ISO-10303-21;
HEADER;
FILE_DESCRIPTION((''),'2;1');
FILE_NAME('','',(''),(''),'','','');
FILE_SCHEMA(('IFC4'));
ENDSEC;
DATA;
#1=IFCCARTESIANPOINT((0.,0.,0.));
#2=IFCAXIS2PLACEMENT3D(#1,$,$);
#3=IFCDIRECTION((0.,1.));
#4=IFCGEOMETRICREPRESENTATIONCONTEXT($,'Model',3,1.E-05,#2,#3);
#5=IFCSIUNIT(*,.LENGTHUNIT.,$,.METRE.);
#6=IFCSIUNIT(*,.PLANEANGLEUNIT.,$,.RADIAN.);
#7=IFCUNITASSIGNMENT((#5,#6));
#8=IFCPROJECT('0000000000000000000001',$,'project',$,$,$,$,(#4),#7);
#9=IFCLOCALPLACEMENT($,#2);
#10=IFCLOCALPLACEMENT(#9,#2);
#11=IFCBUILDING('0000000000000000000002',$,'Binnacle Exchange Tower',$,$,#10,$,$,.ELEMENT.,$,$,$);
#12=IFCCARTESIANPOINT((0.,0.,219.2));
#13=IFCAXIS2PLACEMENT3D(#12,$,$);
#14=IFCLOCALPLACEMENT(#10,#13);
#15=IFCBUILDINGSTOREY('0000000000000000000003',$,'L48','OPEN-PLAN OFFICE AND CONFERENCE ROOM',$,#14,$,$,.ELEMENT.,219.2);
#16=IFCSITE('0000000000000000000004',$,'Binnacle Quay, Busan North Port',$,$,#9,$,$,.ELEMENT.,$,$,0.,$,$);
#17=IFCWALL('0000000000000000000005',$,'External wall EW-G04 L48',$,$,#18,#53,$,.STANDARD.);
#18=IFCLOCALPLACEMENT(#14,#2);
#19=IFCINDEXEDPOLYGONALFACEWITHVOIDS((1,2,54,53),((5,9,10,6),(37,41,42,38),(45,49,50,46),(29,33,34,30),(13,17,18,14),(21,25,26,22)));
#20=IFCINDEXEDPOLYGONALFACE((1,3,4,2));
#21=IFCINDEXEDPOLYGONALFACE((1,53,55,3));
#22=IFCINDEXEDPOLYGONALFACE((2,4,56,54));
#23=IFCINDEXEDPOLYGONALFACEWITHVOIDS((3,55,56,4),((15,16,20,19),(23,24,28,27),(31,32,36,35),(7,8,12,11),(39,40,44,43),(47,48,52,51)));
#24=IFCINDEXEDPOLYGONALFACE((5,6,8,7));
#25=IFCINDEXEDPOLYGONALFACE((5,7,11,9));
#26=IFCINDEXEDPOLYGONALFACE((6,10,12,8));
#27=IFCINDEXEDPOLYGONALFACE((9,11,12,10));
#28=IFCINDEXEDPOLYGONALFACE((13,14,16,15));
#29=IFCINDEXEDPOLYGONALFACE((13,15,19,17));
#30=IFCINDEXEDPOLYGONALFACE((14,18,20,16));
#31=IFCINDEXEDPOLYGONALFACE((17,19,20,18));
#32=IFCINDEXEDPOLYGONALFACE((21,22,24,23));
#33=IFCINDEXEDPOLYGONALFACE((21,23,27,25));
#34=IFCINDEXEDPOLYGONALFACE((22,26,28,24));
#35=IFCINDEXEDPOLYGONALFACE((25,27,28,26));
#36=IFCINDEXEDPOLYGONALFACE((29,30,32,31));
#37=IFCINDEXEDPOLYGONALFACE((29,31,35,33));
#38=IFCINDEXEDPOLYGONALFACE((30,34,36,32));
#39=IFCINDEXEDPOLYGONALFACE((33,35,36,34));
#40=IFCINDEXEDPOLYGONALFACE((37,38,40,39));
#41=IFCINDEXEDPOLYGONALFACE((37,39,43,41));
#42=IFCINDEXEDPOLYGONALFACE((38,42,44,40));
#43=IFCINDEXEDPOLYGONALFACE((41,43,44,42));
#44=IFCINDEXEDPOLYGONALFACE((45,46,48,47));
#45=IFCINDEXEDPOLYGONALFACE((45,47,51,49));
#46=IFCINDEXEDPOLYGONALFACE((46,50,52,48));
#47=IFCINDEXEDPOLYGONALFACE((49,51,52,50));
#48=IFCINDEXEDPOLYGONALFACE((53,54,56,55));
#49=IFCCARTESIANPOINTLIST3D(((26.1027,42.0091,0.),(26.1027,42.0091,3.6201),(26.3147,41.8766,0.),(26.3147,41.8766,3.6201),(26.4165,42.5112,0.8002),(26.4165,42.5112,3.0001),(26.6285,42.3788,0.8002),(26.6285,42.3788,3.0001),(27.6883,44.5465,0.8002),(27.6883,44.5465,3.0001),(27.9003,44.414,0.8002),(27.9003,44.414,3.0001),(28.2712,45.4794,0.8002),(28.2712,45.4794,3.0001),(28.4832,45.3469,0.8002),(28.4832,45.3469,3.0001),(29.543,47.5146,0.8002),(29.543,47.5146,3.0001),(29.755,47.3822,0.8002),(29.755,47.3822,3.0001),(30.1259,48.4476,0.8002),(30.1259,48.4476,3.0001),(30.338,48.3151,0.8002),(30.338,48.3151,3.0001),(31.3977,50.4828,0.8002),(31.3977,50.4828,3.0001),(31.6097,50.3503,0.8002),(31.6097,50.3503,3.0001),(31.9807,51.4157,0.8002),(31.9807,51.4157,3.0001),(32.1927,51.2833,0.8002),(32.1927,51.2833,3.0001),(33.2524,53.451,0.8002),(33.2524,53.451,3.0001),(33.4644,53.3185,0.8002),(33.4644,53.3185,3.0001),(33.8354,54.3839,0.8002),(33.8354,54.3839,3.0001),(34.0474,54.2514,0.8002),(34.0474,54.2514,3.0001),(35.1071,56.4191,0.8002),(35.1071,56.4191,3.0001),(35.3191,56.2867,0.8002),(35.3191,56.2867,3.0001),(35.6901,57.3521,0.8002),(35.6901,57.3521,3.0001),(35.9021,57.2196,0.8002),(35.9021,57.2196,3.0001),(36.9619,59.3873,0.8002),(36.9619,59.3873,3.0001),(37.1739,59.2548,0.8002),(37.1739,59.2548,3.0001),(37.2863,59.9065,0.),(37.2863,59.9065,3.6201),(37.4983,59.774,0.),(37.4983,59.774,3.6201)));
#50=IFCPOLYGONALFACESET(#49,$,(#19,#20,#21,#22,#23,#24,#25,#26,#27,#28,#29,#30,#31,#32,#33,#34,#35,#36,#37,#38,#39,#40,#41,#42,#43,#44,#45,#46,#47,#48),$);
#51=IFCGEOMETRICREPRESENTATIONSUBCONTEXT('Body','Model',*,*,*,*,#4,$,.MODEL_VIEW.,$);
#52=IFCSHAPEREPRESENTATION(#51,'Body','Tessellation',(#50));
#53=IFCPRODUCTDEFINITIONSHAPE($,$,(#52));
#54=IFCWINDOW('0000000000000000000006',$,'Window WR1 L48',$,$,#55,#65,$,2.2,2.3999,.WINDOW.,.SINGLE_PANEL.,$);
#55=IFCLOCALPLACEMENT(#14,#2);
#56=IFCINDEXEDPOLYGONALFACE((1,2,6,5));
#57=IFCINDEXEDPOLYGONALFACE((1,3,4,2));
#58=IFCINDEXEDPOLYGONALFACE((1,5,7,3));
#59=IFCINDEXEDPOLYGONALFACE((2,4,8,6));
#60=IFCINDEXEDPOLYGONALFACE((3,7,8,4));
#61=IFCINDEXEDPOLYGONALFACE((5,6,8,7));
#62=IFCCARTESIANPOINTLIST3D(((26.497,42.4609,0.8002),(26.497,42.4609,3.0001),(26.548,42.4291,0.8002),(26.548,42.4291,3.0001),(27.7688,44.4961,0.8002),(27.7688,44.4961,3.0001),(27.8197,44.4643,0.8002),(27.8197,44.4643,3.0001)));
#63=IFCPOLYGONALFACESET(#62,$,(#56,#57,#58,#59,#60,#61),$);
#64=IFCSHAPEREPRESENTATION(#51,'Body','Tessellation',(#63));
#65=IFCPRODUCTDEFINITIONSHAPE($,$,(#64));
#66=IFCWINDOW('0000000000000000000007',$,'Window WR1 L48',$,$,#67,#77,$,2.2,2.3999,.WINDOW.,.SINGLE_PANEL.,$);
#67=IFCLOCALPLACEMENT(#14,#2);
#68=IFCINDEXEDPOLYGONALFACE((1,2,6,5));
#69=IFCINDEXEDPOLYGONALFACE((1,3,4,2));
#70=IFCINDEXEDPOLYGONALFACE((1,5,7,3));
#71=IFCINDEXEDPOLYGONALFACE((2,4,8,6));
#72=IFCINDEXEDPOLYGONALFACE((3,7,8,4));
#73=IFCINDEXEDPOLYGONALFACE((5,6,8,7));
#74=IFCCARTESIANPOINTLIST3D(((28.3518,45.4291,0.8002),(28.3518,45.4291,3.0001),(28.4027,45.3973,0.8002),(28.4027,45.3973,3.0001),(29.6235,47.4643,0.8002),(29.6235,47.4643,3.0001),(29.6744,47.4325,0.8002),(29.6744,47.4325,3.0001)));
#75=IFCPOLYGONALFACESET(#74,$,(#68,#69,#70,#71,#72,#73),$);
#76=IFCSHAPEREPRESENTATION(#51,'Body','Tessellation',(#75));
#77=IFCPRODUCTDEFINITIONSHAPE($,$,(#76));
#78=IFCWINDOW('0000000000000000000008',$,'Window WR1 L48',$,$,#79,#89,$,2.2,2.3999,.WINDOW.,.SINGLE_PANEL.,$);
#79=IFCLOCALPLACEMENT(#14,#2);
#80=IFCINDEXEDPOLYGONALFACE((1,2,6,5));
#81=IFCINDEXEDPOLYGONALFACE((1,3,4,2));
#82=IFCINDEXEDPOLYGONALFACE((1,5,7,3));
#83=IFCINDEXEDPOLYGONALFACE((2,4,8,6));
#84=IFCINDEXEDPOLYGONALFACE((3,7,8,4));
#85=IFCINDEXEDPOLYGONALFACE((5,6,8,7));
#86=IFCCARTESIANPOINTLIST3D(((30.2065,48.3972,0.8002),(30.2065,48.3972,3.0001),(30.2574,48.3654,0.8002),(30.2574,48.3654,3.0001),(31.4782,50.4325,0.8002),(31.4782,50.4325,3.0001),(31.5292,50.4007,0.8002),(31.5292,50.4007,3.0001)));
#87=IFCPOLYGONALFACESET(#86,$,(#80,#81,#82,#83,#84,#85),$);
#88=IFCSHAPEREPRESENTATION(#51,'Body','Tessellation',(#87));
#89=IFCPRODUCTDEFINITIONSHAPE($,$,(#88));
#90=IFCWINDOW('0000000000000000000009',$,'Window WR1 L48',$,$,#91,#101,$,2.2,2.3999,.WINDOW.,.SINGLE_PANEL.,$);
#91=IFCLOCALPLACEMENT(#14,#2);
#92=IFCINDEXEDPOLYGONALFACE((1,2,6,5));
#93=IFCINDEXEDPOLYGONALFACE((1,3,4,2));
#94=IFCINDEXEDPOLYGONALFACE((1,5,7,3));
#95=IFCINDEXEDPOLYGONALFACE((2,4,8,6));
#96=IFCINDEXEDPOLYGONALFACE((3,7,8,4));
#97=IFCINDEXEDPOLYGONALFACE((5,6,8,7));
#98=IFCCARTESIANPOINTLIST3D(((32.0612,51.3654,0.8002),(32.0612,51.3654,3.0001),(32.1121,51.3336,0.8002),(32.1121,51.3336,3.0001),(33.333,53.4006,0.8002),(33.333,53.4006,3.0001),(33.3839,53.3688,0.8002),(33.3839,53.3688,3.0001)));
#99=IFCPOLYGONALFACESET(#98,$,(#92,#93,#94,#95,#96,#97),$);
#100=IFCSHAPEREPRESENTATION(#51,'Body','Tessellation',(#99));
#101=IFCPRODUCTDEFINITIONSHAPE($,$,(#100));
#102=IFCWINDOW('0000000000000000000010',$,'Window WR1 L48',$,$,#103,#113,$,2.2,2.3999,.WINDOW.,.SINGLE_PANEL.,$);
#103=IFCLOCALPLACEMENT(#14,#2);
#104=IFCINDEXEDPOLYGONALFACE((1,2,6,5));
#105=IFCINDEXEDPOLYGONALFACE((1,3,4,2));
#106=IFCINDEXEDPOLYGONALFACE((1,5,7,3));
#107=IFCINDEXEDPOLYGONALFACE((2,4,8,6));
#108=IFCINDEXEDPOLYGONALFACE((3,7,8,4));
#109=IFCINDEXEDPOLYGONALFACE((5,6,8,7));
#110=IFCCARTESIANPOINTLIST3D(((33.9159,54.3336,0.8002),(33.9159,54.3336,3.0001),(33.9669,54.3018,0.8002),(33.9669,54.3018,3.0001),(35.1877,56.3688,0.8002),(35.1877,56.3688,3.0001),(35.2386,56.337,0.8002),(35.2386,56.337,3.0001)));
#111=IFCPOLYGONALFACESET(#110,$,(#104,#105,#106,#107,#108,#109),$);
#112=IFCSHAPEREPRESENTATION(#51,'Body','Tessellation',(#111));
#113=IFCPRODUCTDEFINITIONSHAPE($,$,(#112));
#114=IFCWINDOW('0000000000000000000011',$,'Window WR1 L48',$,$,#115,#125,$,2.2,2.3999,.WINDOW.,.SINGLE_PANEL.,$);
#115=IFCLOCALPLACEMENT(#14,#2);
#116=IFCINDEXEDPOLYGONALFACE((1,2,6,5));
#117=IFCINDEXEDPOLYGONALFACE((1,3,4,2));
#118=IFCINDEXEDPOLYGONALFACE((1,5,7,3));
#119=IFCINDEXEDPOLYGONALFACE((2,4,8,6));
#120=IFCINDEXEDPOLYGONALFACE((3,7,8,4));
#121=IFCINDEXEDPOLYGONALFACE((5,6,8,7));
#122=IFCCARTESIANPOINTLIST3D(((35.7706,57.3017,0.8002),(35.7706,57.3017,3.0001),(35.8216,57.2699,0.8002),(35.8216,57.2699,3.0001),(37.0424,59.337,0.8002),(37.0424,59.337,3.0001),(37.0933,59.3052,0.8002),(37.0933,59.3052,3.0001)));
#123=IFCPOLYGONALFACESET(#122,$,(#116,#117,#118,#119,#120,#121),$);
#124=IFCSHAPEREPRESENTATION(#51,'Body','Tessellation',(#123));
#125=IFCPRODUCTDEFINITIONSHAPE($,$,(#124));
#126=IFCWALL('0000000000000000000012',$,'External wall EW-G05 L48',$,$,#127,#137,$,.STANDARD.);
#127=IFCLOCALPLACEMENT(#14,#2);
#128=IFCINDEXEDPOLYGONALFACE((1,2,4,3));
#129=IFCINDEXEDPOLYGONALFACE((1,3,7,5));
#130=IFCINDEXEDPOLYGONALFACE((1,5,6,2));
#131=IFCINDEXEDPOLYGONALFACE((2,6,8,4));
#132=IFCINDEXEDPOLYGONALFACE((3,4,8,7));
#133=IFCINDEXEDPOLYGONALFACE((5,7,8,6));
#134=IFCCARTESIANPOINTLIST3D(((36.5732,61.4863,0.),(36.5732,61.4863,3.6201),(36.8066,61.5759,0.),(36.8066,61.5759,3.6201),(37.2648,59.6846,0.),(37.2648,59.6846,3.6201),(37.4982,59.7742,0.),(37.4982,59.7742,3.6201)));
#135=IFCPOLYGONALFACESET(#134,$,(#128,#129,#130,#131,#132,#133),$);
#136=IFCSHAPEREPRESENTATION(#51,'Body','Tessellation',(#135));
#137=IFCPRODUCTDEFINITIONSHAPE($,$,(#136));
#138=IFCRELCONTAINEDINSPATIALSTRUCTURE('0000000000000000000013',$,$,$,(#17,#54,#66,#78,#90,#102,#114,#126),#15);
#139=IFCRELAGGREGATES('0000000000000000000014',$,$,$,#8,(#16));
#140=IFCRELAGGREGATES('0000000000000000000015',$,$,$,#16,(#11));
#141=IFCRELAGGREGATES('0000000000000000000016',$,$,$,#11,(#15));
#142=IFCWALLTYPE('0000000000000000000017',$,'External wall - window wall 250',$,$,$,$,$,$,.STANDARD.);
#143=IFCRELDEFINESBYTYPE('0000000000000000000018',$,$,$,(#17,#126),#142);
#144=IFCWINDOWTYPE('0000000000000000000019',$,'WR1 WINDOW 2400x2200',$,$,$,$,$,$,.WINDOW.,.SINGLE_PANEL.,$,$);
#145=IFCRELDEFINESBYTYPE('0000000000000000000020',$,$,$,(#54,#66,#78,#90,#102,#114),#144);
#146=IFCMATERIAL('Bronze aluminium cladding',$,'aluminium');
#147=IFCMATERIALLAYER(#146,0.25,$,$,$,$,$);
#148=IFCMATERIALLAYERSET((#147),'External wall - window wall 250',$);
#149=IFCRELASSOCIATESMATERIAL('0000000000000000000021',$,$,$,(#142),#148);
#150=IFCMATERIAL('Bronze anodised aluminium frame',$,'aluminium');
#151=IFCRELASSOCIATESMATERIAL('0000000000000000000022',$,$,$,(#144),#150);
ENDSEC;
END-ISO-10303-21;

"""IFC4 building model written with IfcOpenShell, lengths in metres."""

from ifc_helpers import new_model, si_unit, direction, frame, frame_2d, origin, place, context, subcontext, project, spatial, rectangle, extrude, material, layer, layer_set, type_object, element, fill, save


model = new_model("IFC4")

# Units and contexts
model_context = context("Model", 3, precision=1e-05, world=origin(), true_north=direction((0.0, 1.0)))
body_context = subcontext(model_context, "Body", "Model", "MODEL_VIEW")
ifc_project = project(units=[si_unit("LENGTHUNIT", "METRE"), si_unit("PLANEANGLEUNIT", "RADIAN")], contexts=[model_context])

# Site, building, storey
site_placement = place(None, origin())
site = spatial("IfcSite", under=ifc_project, at=site_placement, Name="Binnacle Quay, Busan North Port", CompositionType="ELEMENT", RefElevation=0.0)
building_placement = place(site_placement, origin())
building = spatial("IfcBuilding", under=site, at=building_placement, Name="Binnacle Exchange Tower", CompositionType="ELEMENT")
storey_placement = place(building_placement, frame((0.0, 0.0, 219.2)))
storey = spatial("IfcBuildingStorey", under=building, at=storey_placement, Name="L48", Description="OPEN-PLAN OFFICE AND CONFERENCE ROOM", CompositionType="ELEMENT", Elevation=219.2)

# Wall, openings, windows
ifc_material_1 = material(Name="Bronze aluminium cladding", Category="aluminium")
ifc_layer_1 = layer(ifc_material_1, 0.25)
ifc_layer_set_1 = layer_set([ifc_layer_1], Name="External wall - window wall 250")
wall_type_1 = type_object("IfcWallType", Name="External wall - window wall 250", PredefinedType="STANDARD", material=ifc_layer_set_1)
wall_1_placement = place(storey_placement, frame((37.3923, 59.8403, 0.0), z_axis=(0.0, 0.0, 1.0), x_axis=(-0.52992, -0.848048, 0.0)))
wall_1 = element("IfcWall", 1, at=wall_1_placement, inside=storey, type_object=wall_type_1, Name="External wall EW-G04 L48", PredefinedType="STANDARD", context=body_context, shape_type="SweptSolid", body=[
    extrude(rectangle(XDim=21.1042, YDim=0.25, at=frame_2d((10.5522, 0.0))), origin(), (0.0, 0.0, 1.0), 3.6201),
])
opening_1_placement = place(wall_1_placement, frame((18.1123, 0.0, 0.8)))
opening_1 = element("IfcOpeningElement", 2, at=opening_1_placement, cuts=wall_1, PredefinedType="OPENING", context=body_context, shape_type="SweptSolid", body=[
    extrude(rectangle(XDim=2.3999, YDim=2.2, at=frame_2d((1.2, 1.1001))), frame((0.0, 0.135, 0.0), z_axis=(0.0, -1.0, 0.0), x_axis=(1.0, 0.0, 0.0)), (0.0, 0.0, 1.0), 0.27),
])
opening_2_placement = place(wall_1_placement, frame((14.6123, 0.0, 0.8)))
opening_2 = element("IfcOpeningElement", 3, at=opening_2_placement, cuts=wall_1, PredefinedType="OPENING", context=body_context, shape_type="SweptSolid", body=[
    extrude(rectangle(XDim=2.3999, YDim=2.2, at=frame_2d((1.2, 1.1001))), frame((0.0, 0.135, 0.0), z_axis=(0.0, -1.0, 0.0), x_axis=(1.0, 0.0, 0.0)), (0.0, 0.0, 1.0), 0.27),
])
opening_3_placement = place(wall_1_placement, frame((11.1123, 0.0, 0.8)))
opening_3 = element("IfcOpeningElement", 4, at=opening_3_placement, cuts=wall_1, PredefinedType="OPENING", context=body_context, shape_type="SweptSolid", body=[
    extrude(rectangle(XDim=2.3999, YDim=2.2, at=frame_2d((1.2, 1.1001))), frame((0.0, 0.135, 0.0), z_axis=(0.0, -1.0, 0.0), x_axis=(1.0, 0.0, 0.0)), (0.0, 0.0, 1.0), 0.27),
])
opening_4_placement = place(wall_1_placement, frame((7.6123, 0.0, 0.8)))
opening_4 = element("IfcOpeningElement", 5, at=opening_4_placement, cuts=wall_1, PredefinedType="OPENING", context=body_context, shape_type="SweptSolid", body=[
    extrude(rectangle(XDim=2.3999, YDim=2.2, at=frame_2d((1.2, 1.1001))), frame((0.0, 0.135, 0.0), z_axis=(0.0, -1.0, 0.0), x_axis=(1.0, 0.0, 0.0)), (0.0, 0.0, 1.0), 0.27),
])
opening_5_placement = place(wall_1_placement, frame((4.1123, 0.0, 0.8)))
opening_5 = element("IfcOpeningElement", 6, at=opening_5_placement, cuts=wall_1, PredefinedType="OPENING", context=body_context, shape_type="SweptSolid", body=[
    extrude(rectangle(XDim=2.3999, YDim=2.2, at=frame_2d((1.2, 1.1001))), frame((0.0, 0.135, 0.0), z_axis=(0.0, -1.0, 0.0), x_axis=(1.0, 0.0, 0.0)), (0.0, 0.0, 1.0), 0.27),
])
opening_6_placement = place(wall_1_placement, frame((0.6123, 0.0, 0.8)))
opening_6 = element("IfcOpeningElement", 7, at=opening_6_placement, cuts=wall_1, PredefinedType="OPENING", context=body_context, shape_type="SweptSolid", body=[
    extrude(rectangle(XDim=2.3999, YDim=2.2, at=frame_2d((1.2, 1.1001))), frame((0.0, 0.135, 0.0), z_axis=(0.0, -1.0, 0.0), x_axis=(1.0, 0.0, 0.0)), (0.0, 0.0, 1.0), 0.27),
])
ifc_material_2 = material(Name="Bronze anodised aluminium frame", Category="aluminium")
window_type = type_object("IfcWindowType", Name="WR1 WINDOW 2400x2200", PartitioningType="SINGLE_PANEL", PredefinedType="WINDOW", material=ifc_material_2)
window_1_placement = place(opening_1_placement, origin())
window_1 = element("IfcWindow", 8, at=window_1_placement, inside=storey, type_object=window_type, Name="Window WR1 L48", OverallHeight=2.2, OverallWidth=2.3999, PartitioningType="SINGLE_PANEL", PredefinedType="WINDOW", context=body_context, shape_type="SweptSolid", body=[
    extrude(rectangle(XDim=2.3999, YDim=2.2, at=frame_2d((1.2, 1.1001))), frame((0.0, 0.03, 0.0), z_axis=(0.0, -1.0, 0.0), x_axis=(1.0, 0.0, 0.0)), (0.0, 0.0, 1.0), 0.0601),
])
fill(opening_1, window_1)
window_2_placement = place(opening_2_placement, origin())
window_2 = element("IfcWindow", 9, at=window_2_placement, inside=storey, type_object=window_type, Name="Window WR1 L48", OverallHeight=2.2, OverallWidth=2.3999, PartitioningType="SINGLE_PANEL", PredefinedType="WINDOW", context=body_context, shape_type="SweptSolid", body=[
    extrude(rectangle(XDim=2.3999, YDim=2.2, at=frame_2d((1.2, 1.1001))), frame((0.0, 0.03, 0.0), z_axis=(0.0, -1.0, 0.0), x_axis=(1.0, 0.0, 0.0)), (0.0, 0.0, 1.0), 0.0601),
])
fill(opening_2, window_2)
window_3_placement = place(opening_3_placement, origin())
window_3 = element("IfcWindow", 10, at=window_3_placement, inside=storey, type_object=window_type, Name="Window WR1 L48", OverallHeight=2.2, OverallWidth=2.3999, PartitioningType="SINGLE_PANEL", PredefinedType="WINDOW", context=body_context, shape_type="SweptSolid", body=[
    extrude(rectangle(XDim=2.3999, YDim=2.2, at=frame_2d((1.2, 1.1001))), frame((0.0, 0.03, 0.0), z_axis=(0.0, -1.0, 0.0), x_axis=(1.0, 0.0, 0.0)), (0.0, 0.0, 1.0), 0.0601),
])
fill(opening_3, window_3)
window_4_placement = place(opening_4_placement, origin())
window_4 = element("IfcWindow", 11, at=window_4_placement, inside=storey, type_object=window_type, Name="Window WR1 L48", OverallHeight=2.2, OverallWidth=2.3999, PartitioningType="SINGLE_PANEL", PredefinedType="WINDOW", context=body_context, shape_type="SweptSolid", body=[
    extrude(rectangle(XDim=2.3999, YDim=2.2, at=frame_2d((1.2, 1.1001))), frame((0.0, 0.03, 0.0), z_axis=(0.0, -1.0, 0.0), x_axis=(1.0, 0.0, 0.0)), (0.0, 0.0, 1.0), 0.0601),
])
fill(opening_4, window_4)
window_5_placement = place(opening_5_placement, origin())
window_5 = element("IfcWindow", 12, at=window_5_placement, inside=storey, type_object=window_type, Name="Window WR1 L48", OverallHeight=2.2, OverallWidth=2.3999, PartitioningType="SINGLE_PANEL", PredefinedType="WINDOW", context=body_context, shape_type="SweptSolid", body=[
    extrude(rectangle(XDim=2.3999, YDim=2.2, at=frame_2d((1.2, 1.1001))), frame((0.0, 0.03, 0.0), z_axis=(0.0, -1.0, 0.0), x_axis=(1.0, 0.0, 0.0)), (0.0, 0.0, 1.0), 0.0601),
])
fill(opening_5, window_5)
window_6_placement = place(opening_6_placement, origin())
window_6 = element("IfcWindow", 13, at=window_6_placement, inside=storey, type_object=window_type, Name="Window WR1 L48", OverallHeight=2.2, OverallWidth=2.3999, PartitioningType="SINGLE_PANEL", PredefinedType="WINDOW", context=body_context, shape_type="SweptSolid", body=[
    extrude(rectangle(XDim=2.3999, YDim=2.2, at=frame_2d((1.2, 1.1001))), frame((0.0, 0.03, 0.0), z_axis=(0.0, -1.0, 0.0), x_axis=(1.0, 0.0, 0.0)), (0.0, 0.0, 1.0), 0.0601),
])
fill(opening_6, window_6)

# Wall
wall_2_placement = place(storey_placement, frame((36.6899, 61.531, 0.0), z_axis=(0.0, 0.0, 1.0), x_axis=(0.358377, -0.933577, 0.0)))
element("IfcWall", 14, at=wall_2_placement, inside=storey, type_object=wall_type_1, Name="External wall EW-G05 L48", PredefinedType="STANDARD", context=body_context, shape_type="SweptSolid", body=[
    extrude(rectangle(XDim=1.9299, YDim=0.25, at=frame_2d((0.9648, 0.0))), origin(), (0.0, 0.0, 1.0), 3.6201),
])

save(model, "model.ifc")
